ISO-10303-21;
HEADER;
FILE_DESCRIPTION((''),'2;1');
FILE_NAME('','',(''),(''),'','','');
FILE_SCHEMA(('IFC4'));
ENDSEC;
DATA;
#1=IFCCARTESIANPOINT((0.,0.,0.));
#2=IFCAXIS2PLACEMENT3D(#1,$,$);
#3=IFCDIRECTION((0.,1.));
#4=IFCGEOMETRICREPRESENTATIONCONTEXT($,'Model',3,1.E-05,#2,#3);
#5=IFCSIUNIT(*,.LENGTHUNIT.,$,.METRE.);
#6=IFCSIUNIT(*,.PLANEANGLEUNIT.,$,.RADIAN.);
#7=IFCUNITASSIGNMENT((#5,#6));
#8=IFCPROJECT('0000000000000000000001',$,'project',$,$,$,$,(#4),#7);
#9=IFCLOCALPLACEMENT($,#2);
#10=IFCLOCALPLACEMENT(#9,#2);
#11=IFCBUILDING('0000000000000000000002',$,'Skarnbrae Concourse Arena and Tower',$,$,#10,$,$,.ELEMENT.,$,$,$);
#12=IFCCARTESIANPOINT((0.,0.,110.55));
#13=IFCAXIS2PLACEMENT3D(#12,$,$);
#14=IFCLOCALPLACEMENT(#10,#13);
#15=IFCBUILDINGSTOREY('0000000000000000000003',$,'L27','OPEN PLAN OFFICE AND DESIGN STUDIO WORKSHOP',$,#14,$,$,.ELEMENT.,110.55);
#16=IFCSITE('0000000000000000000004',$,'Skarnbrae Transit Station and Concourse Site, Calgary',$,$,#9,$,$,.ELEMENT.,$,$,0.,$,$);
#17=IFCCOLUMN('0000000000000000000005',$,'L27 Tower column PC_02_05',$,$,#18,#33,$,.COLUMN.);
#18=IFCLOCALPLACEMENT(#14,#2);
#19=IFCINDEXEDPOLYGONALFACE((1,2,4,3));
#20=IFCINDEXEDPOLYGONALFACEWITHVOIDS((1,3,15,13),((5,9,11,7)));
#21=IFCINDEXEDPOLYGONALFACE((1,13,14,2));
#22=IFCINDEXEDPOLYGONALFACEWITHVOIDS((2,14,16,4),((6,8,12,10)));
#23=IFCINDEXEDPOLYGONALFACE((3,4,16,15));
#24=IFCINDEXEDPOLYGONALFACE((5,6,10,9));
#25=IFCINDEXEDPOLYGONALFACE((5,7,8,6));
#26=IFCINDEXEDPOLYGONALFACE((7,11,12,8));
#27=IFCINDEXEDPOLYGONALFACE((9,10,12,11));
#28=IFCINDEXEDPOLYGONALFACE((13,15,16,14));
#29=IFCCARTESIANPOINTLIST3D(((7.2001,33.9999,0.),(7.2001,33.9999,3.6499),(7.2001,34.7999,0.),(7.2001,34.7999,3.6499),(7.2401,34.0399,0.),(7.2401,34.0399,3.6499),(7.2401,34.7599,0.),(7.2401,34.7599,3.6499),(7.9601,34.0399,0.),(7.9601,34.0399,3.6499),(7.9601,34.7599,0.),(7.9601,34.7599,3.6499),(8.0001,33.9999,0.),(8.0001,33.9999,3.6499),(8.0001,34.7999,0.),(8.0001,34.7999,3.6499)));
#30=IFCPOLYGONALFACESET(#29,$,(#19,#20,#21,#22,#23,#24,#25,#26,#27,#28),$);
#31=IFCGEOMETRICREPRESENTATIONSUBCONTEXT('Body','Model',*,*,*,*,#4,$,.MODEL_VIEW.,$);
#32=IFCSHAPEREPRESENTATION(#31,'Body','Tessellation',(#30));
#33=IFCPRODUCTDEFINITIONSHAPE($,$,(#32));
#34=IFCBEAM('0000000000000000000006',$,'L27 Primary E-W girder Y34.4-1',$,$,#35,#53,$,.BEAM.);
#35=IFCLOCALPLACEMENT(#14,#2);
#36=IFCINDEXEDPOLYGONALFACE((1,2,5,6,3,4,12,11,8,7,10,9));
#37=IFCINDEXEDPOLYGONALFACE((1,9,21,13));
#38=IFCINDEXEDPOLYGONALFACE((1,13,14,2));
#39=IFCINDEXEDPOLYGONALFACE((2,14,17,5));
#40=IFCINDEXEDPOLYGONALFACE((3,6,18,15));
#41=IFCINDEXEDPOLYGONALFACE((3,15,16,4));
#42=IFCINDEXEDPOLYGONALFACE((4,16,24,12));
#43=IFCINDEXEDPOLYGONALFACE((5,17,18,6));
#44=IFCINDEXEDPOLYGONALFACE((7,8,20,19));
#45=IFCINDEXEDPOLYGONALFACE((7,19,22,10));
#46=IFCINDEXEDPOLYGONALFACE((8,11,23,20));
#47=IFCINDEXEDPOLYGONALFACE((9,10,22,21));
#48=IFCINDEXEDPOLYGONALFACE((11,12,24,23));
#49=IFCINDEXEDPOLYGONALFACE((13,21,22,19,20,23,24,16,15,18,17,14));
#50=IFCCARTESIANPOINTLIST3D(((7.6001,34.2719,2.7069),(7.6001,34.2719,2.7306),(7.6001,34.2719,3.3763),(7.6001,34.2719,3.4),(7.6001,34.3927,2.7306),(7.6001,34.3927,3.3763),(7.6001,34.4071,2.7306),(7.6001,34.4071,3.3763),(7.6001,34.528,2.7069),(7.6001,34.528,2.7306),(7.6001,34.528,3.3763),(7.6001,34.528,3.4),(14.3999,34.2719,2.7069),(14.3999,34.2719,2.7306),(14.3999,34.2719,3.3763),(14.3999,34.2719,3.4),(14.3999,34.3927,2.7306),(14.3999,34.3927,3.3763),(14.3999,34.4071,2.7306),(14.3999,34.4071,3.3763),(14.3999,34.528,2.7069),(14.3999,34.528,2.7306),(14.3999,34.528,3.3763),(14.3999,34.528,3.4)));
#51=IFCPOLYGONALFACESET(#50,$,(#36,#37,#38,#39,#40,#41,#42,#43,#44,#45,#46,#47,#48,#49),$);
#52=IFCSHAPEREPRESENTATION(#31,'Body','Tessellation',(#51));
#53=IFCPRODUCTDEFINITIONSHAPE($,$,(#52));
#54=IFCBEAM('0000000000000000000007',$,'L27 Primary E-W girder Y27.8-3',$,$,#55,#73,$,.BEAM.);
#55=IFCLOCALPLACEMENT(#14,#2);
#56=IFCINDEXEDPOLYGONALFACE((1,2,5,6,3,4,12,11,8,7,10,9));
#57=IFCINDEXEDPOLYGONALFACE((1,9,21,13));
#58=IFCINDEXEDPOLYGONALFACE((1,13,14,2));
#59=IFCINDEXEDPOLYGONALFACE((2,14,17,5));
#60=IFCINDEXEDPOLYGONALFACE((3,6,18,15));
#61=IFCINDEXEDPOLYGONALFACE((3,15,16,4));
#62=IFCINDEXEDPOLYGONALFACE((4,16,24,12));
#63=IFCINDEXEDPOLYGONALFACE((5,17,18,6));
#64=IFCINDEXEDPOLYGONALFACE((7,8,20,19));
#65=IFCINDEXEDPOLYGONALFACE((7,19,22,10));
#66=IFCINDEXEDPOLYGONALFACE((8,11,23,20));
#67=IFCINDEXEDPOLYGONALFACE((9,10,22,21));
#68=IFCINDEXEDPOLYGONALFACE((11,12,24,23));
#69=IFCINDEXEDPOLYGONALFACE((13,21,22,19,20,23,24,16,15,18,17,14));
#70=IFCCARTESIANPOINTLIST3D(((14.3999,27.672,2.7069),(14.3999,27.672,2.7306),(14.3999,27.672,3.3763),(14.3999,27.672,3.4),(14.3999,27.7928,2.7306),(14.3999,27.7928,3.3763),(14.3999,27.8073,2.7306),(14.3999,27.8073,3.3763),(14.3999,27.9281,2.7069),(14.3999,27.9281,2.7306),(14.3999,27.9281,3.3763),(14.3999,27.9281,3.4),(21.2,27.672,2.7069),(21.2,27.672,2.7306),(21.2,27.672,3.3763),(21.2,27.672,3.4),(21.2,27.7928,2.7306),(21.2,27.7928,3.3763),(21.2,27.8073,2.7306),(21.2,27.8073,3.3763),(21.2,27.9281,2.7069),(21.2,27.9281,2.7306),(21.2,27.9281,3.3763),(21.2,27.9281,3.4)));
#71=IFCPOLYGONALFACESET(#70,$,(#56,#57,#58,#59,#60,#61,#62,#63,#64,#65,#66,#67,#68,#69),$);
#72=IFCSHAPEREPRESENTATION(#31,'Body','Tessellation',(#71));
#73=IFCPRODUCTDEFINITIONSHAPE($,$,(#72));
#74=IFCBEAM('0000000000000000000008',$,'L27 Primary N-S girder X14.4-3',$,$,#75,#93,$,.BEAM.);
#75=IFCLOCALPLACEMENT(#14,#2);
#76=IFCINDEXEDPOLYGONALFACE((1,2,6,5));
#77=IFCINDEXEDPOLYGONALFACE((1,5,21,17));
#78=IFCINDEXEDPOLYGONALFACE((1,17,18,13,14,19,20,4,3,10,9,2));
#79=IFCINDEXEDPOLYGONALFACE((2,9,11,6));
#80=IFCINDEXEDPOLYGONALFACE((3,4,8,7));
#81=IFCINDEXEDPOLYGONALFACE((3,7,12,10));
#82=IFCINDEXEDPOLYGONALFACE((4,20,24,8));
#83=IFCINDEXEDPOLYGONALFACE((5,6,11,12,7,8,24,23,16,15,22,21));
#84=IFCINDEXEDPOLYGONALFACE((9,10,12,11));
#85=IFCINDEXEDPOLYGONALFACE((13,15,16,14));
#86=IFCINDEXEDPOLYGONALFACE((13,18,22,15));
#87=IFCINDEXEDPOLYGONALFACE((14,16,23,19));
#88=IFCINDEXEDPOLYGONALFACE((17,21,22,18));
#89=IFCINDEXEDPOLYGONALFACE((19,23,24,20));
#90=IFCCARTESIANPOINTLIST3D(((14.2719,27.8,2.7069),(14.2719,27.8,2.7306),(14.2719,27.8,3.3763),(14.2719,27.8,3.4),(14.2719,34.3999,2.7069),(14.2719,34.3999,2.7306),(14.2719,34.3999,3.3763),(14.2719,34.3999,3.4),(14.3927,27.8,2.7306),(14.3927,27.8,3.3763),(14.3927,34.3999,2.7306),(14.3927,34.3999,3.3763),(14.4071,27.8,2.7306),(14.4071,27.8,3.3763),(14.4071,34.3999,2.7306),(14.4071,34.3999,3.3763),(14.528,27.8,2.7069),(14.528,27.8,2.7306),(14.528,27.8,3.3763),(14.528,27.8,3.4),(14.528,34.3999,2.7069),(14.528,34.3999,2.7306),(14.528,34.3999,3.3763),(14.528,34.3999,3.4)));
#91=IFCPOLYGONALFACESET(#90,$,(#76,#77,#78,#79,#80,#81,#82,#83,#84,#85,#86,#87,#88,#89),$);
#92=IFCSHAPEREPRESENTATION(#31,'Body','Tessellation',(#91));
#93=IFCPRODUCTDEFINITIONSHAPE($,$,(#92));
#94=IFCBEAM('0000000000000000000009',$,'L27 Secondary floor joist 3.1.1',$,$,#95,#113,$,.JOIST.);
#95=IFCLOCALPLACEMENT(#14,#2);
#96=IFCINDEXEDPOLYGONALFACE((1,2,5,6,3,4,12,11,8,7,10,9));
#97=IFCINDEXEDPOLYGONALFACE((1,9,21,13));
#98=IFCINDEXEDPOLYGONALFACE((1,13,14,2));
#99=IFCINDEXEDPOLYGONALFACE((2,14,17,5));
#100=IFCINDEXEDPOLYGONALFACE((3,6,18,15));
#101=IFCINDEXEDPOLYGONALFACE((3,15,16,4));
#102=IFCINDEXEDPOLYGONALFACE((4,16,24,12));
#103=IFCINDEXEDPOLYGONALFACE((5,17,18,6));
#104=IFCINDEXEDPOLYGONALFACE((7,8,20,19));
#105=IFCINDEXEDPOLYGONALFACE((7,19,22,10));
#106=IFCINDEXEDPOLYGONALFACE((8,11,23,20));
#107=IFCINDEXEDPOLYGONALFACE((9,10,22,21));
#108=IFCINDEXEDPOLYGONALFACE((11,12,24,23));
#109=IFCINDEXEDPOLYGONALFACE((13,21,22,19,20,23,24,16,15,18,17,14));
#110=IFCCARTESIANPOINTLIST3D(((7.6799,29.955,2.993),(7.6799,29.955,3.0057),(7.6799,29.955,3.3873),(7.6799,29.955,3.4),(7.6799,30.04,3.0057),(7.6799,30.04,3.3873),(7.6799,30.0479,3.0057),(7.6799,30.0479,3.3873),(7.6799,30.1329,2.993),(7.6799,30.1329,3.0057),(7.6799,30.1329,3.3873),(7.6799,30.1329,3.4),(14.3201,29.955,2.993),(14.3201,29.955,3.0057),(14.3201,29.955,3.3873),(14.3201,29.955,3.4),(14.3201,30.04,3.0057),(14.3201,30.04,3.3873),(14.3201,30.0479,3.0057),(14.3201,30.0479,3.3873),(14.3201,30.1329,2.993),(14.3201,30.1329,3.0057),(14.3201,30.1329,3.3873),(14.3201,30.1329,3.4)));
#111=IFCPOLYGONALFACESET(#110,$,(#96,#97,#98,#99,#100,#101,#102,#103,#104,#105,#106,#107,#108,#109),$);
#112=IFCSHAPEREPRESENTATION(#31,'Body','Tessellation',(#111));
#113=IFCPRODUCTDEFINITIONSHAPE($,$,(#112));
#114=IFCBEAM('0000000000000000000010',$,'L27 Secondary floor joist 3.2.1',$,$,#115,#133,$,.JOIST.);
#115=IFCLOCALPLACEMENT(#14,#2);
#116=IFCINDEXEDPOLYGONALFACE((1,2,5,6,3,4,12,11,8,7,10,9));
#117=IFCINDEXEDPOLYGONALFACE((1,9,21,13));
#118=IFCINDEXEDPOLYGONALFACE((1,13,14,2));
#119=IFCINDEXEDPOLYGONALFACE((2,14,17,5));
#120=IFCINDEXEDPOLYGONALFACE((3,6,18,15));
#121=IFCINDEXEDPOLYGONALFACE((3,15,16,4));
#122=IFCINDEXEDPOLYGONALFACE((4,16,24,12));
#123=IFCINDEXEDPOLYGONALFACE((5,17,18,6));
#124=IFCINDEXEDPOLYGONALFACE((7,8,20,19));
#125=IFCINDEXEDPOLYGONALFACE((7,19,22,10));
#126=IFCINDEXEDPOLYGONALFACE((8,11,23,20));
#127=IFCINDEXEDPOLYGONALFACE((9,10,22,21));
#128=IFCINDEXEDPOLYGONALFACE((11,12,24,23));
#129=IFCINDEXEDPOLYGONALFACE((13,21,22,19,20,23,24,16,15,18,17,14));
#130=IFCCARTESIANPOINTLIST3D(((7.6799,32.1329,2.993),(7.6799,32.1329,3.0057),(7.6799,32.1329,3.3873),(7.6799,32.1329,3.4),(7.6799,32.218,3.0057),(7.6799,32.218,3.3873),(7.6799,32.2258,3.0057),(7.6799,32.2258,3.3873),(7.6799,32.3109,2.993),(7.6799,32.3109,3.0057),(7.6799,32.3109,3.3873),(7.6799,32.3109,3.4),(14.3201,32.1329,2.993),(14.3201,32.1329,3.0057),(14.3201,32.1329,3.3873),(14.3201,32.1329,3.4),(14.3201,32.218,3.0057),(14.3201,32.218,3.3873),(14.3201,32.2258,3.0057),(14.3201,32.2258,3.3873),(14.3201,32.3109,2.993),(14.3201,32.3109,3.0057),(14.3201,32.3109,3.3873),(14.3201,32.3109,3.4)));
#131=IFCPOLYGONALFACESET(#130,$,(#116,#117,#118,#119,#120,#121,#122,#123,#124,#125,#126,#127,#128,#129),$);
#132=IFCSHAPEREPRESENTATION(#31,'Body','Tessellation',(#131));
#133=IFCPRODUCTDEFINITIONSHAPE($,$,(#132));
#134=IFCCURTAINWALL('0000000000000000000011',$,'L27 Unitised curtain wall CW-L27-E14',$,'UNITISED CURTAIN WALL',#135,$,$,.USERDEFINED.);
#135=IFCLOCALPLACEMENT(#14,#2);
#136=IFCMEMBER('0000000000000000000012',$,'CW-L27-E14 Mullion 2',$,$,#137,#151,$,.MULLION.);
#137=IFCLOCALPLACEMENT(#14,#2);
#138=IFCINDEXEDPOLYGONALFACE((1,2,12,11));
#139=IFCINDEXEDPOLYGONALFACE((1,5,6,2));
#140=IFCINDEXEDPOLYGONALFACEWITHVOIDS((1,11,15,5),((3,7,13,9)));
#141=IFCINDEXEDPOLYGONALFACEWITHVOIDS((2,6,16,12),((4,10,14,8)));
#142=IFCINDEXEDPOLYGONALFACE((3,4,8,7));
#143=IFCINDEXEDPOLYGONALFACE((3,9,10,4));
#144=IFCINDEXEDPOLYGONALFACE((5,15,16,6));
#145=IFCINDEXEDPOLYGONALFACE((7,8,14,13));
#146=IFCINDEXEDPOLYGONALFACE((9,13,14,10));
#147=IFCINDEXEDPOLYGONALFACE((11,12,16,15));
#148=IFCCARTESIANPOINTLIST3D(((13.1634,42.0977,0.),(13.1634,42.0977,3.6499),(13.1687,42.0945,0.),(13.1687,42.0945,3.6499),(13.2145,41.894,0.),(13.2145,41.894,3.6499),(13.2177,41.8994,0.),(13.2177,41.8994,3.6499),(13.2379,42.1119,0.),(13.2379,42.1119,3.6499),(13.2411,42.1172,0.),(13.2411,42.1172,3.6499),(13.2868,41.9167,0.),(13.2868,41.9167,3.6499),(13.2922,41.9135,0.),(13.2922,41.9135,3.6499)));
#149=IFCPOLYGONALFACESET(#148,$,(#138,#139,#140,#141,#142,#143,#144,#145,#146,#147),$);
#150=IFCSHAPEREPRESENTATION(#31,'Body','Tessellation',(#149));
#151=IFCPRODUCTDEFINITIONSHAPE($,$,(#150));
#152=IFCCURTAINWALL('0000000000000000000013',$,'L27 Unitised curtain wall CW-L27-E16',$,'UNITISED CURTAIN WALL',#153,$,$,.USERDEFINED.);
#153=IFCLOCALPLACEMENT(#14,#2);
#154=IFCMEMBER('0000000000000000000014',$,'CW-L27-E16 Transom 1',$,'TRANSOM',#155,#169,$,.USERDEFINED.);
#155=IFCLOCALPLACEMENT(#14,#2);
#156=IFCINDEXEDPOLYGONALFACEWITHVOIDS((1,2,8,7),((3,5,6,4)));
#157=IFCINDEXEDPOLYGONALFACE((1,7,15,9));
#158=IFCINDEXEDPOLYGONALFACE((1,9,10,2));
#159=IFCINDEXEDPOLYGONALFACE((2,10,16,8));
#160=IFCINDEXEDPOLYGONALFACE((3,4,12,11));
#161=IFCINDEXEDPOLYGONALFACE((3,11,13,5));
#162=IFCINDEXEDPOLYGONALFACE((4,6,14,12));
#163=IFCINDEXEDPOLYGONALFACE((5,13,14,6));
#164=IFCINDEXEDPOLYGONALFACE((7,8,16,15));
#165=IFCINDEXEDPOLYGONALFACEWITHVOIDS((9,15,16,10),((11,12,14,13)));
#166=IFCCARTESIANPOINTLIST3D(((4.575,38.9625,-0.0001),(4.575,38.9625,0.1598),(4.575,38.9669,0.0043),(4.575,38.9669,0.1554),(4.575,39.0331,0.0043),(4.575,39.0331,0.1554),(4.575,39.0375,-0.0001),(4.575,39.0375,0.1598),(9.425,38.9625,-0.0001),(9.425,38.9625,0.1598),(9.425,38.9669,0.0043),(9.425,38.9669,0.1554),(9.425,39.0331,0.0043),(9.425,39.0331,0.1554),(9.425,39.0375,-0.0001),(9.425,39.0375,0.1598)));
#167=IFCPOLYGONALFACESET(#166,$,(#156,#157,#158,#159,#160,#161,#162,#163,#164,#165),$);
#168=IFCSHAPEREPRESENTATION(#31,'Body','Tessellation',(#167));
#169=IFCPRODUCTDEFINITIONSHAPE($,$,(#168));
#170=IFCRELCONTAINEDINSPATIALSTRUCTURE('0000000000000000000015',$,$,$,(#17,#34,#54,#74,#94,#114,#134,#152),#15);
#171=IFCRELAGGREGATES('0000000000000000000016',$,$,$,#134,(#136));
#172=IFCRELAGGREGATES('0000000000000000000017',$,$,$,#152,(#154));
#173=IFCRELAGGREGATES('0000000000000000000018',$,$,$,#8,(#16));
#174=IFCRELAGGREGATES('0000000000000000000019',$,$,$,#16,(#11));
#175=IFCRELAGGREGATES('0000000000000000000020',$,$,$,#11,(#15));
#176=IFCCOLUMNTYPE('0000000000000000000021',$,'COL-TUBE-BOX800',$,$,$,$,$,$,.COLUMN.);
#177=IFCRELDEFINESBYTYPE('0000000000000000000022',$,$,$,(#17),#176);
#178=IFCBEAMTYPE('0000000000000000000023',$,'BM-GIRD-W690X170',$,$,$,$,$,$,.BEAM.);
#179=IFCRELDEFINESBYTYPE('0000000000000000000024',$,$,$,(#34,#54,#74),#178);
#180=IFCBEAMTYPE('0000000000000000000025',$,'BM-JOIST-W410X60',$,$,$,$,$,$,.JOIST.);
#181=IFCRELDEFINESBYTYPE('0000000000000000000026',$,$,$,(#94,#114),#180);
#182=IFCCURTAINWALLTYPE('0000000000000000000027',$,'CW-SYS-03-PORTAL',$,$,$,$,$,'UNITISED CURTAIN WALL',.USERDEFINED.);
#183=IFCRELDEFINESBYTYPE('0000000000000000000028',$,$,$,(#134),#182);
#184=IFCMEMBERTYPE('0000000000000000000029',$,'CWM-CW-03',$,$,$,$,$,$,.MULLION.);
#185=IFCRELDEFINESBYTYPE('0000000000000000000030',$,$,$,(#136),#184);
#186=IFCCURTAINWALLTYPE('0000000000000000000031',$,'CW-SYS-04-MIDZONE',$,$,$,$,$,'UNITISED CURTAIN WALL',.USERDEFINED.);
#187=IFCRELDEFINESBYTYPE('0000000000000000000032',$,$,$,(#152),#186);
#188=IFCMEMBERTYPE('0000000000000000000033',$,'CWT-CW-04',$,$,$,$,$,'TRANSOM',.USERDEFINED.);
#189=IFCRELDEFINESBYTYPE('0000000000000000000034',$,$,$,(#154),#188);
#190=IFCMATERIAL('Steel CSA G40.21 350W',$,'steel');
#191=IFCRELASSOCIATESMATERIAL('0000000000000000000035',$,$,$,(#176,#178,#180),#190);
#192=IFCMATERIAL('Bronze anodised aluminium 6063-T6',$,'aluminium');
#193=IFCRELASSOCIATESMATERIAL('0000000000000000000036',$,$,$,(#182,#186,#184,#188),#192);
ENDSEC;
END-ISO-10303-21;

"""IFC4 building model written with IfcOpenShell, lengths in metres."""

from ifc_helpers import new_model, si_unit, direction, frame, origin, origin_2d, place, context, subcontext, project, spatial, hollow_rectangle, i_section, extrude, source, transform, mapped, material, material_profile, profile_set, type_object, element, aggregate, save


model = new_model("IFC4")

# Units and contexts
model_context = context("Model", 3, precision=1e-05, world=origin(), true_north=direction((0.0, 1.0)))
body_context = subcontext(model_context, "Body", "Model", "MODEL_VIEW")
ifc_project = project(units=[si_unit("LENGTHUNIT", "METRE"), si_unit("PLANEANGLEUNIT", "RADIAN")], contexts=[model_context])

# Site, building, storey
site_placement = place(None, origin())
site = spatial("IfcSite", under=ifc_project, at=site_placement, Name="Skarnbrae Transit Station and Concourse Site, Calgary", CompositionType="ELEMENT", RefElevation=0.0)
building_placement = place(site_placement, origin())
building = spatial("IfcBuilding", under=site, at=building_placement, Name="Skarnbrae Concourse Arena and Tower", CompositionType="ELEMENT")
storey_placement = place(building_placement, frame((0.0, 0.0, 110.55)))
storey = spatial("IfcBuildingStorey", under=building, at=storey_placement, Name="L27", Description="OPEN PLAN OFFICE AND DESIGN STUDIO WORKSHOP", CompositionType="ELEMENT", Elevation=110.55)

# Column
ifc_material_1 = material(Name="Steel CSA G40.21 350W", Category="steel")
ifc_material_profile_1 = material_profile(ifc_material_1, hollow_rectangle(XDim=0.8, YDim=0.8, WallThickness=0.04, at=origin_2d()), Name="BOX800X800X40")
ifc_profile_set_1 = profile_set([ifc_material_profile_1], Name="Steel CSA G40.21 350W")
column_type = type_object("IfcColumnType", Name="COL-TUBE-BOX800", PredefinedType="COLUMN", material=ifc_profile_set_1)
shared_shape_1 = source(origin(), body_context, "Body", "SweptSolid", [
    extrude(hollow_rectangle(XDim=0.8, YDim=0.8, WallThickness=0.04, at=origin_2d()), origin(), (0.0, 0.0, 1.0), 3.6499),
])
column_placement = place(storey_placement, frame((7.6001, 34.3999, 0.0), z_axis=(0.0, 0.0, 1.0), x_axis=(1.0, 0.0, 0.0)))
element("IfcColumn", 1, at=column_placement, inside=storey, type_object=column_type, Name="L27 Tower column PC_02_05", PredefinedType="COLUMN", context=body_context, shape_type="MappedRepresentation", body=[
    mapped(shared_shape_1, transform((0.0, 0.0, 0.0))),
])

# Beams
ifc_material_profile_2 = material_profile(ifc_material_1, i_section(OverallWidth=0.2561, OverallDepth=0.6931, WebThickness=0.0144, FlangeThickness=0.0237, at=origin_2d()), Name="W690X170")
ifc_profile_set_2 = profile_set([ifc_material_profile_2], Name="Steel CSA G40.21 350W")
beam_type_1 = type_object("IfcBeamType", Name="BM-GIRD-W690X170", PredefinedType="BEAM", material=ifc_profile_set_2)
shared_shape_2 = source(origin(), body_context, "Body", "SweptSolid", [
    extrude(i_section(OverallWidth=0.2561, OverallDepth=0.6931, WebThickness=0.0144, FlangeThickness=0.0237, at=origin_2d()), origin(), (0.0, 0.0, 1.0), 6.7998),
])
beam_1_placement = place(storey_placement, frame((7.6001, 34.3999, 3.0535), z_axis=(1.0, 0.0, 0.0), x_axis=(0.0, 1.0, 0.0)))
element("IfcBeam", 2, at=beam_1_placement, inside=storey, type_object=beam_type_1, Name="L27 Primary E-W girder Y34.4-1", PredefinedType="BEAM", context=body_context, shape_type="MappedRepresentation", body=[
    mapped(shared_shape_2, transform((0.0, 0.0, 0.0))),
])
shared_shape_3 = source(origin(), body_context, "Body", "SweptSolid", [
    extrude(i_section(OverallWidth=0.2561, OverallDepth=0.6931, WebThickness=0.0144, FlangeThickness=0.0237, at=origin_2d()), origin(), (0.0, 0.0, 1.0), 6.8),
])
beam_2_placement = place(storey_placement, frame((14.3999, 27.8, 3.0535), z_axis=(1.0, 0.0, 0.0), x_axis=(0.0, 1.0, 0.0)))
element("IfcBeam", 3, at=beam_2_placement, inside=storey, type_object=beam_type_1, Name="L27 Primary E-W girder Y27.8-3", PredefinedType="BEAM", context=body_context, shape_type="MappedRepresentation", body=[
    mapped(shared_shape_3, transform((0.0, 0.0, 0.0))),
])
shared_shape_4 = source(origin(), body_context, "Body", "SweptSolid", [
    extrude(i_section(OverallWidth=0.2561, OverallDepth=0.6931, WebThickness=0.0144, FlangeThickness=0.0237, at=origin_2d()), origin(), (0.0, 0.0, 1.0), 6.5999),
])
beam_3_placement = place(storey_placement, frame((14.3999, 27.8, 3.0535), z_axis=(0.0, 1.0, 0.0), x_axis=(-1.0, 0.0, 0.0)))
element("IfcBeam", 4, at=beam_3_placement, inside=storey, type_object=beam_type_1, Name="L27 Primary N-S girder X14.4-3", PredefinedType="BEAM", context=body_context, shape_type="MappedRepresentation", body=[
    mapped(shared_shape_4, transform((0.0, 0.0, 0.0))),
])
ifc_material_profile_3 = material_profile(ifc_material_1, i_section(OverallWidth=0.178, OverallDepth=0.407, WebThickness=0.0078, FlangeThickness=0.0127, at=origin_2d()), Name="W410X60")
ifc_profile_set_3 = profile_set([ifc_material_profile_3], Name="Steel CSA G40.21 350W")
beam_type_2 = type_object("IfcBeamType", Name="BM-JOIST-W410X60", PredefinedType="JOIST", material=ifc_profile_set_3)
shared_shape_5 = source(origin(), body_context, "Body", "SweptSolid", [
    extrude(i_section(OverallWidth=0.178, OverallDepth=0.407, WebThickness=0.0078, FlangeThickness=0.0127, at=origin_2d()), origin(), (0.0, 0.0, 1.0), 6.6401),
])
for number, where, z_axis, x_axis, name in (
    (5, (7.6799, 30.0439, 3.1965), (1.0, 0.0, 0.0), (0.0, 1.0, 0.0), "L27 Secondary floor joist 3.1.1"),
    (6, (7.6799, 32.2219, 3.1965), (1.0, 0.0, 0.0), (0.0, 1.0, 0.0), "L27 Secondary floor joist 3.2.1"),
):
    element("IfcBeam", number, at=place(storey_placement, frame(where, z_axis=z_axis, x_axis=x_axis)), inside=storey, type_object=beam_type_2, Name=name, PredefinedType="JOIST", context=body_context, shape_type="MappedRepresentation", body=[
        mapped(shared_shape_5, transform((0.0, 0.0, 0.0))),
    ])

# Curtain walls, members
ifc_material_2 = material(Name="Bronze anodised aluminium 6063-T6", Category="aluminium")
curtain_wall_type_1 = type_object("IfcCurtainWallType", Name="CW-SYS-03-PORTAL", ElementType="UNITISED CURTAIN WALL", PredefinedType="USERDEFINED", material=ifc_material_2)
curtain_wall_1_placement = place(storey_placement, origin())
curtain_wall_1 = element("IfcCurtainWall", 7, at=curtain_wall_1_placement, inside=storey, type_object=curtain_wall_type_1, Name="L27 Unitised curtain wall CW-L27-E14", ObjectType="UNITISED CURTAIN WALL", PredefinedType="USERDEFINED")
ifc_material_profile_4 = material_profile(ifc_material_2, hollow_rectangle(XDim=0.0801, YDim=0.21, WallThickness=0.0044, at=origin_2d()), Name="ALU-MULL-80X210")
ifc_profile_set_4 = profile_set([ifc_material_profile_4], Name="Bronze anodised aluminium 6063-T6")
member_type_1 = type_object("IfcMemberType", Name="CWM-CW-03", PredefinedType="MULLION", material=ifc_profile_set_4)
shared_shape_6 = source(origin(), body_context, "Body", "SweptSolid", [
    extrude(hollow_rectangle(XDim=0.0801, YDim=0.21, WallThickness=0.0044, at=origin_2d()), origin(), (0.0, 0.0, 1.0), 3.6499),
])
member_1_placement = place(storey_placement, frame((13.2278, 42.0056, 0.0), z_axis=(0.0, 0.0, 1.0), x_axis=(-0.969903, -0.243491, 0.0)))
member_1 = element("IfcMember", 8, at=member_1_placement, type_object=member_type_1, Name="CW-L27-E14 Mullion 2", PredefinedType="MULLION", context=body_context, shape_type="MappedRepresentation", body=[
    mapped(shared_shape_6, transform((0.0, 0.0, 0.0))),
])
aggregate(curtain_wall_1, [member_1])
curtain_wall_type_2 = type_object("IfcCurtainWallType", Name="CW-SYS-04-MIDZONE", ElementType="UNITISED CURTAIN WALL", PredefinedType="USERDEFINED", material=ifc_material_2)
curtain_wall_2_placement = place(storey_placement, origin())
curtain_wall_2 = element("IfcCurtainWall", 9, at=curtain_wall_2_placement, inside=storey, type_object=curtain_wall_type_2, Name="L27 Unitised curtain wall CW-L27-E16", ObjectType="UNITISED CURTAIN WALL", PredefinedType="USERDEFINED")
ifc_material_profile_5 = material_profile(ifc_material_2, hollow_rectangle(XDim=0.075, YDim=0.1599, WallThickness=0.0044, at=origin_2d()), Name="ALU-TRAN-75X160")
ifc_profile_set_5 = profile_set([ifc_material_profile_5], Name="Bronze anodised aluminium 6063-T6")
member_type_2 = type_object("IfcMemberType", Name="CWT-CW-04", ElementType="TRANSOM", PredefinedType="USERDEFINED", material=ifc_profile_set_5)
shared_shape_7 = source(origin(), body_context, "Body", "SweptSolid", [
    extrude(hollow_rectangle(XDim=0.075, YDim=0.1599, WallThickness=0.0044, at=origin_2d()), origin(), (0.0, 0.0, 1.0), 4.8501),
])
member_2_placement = place(storey_placement, frame((9.425, 39.0, 0.0798), z_axis=(-1.0, 0.0, 0.0), x_axis=(0.0, -1.0, 0.0)))
member_2 = element("IfcMember", 10, at=member_2_placement, type_object=member_type_2, Name="CW-L27-E16 Transom 1", ObjectType="TRANSOM", PredefinedType="USERDEFINED", context=body_context, shape_type="MappedRepresentation", body=[
    mapped(shared_shape_7, transform((0.0, 0.0, 0.0))),
])

aggregate(curtain_wall_2, [member_2])

save(model, "model.ifc")
